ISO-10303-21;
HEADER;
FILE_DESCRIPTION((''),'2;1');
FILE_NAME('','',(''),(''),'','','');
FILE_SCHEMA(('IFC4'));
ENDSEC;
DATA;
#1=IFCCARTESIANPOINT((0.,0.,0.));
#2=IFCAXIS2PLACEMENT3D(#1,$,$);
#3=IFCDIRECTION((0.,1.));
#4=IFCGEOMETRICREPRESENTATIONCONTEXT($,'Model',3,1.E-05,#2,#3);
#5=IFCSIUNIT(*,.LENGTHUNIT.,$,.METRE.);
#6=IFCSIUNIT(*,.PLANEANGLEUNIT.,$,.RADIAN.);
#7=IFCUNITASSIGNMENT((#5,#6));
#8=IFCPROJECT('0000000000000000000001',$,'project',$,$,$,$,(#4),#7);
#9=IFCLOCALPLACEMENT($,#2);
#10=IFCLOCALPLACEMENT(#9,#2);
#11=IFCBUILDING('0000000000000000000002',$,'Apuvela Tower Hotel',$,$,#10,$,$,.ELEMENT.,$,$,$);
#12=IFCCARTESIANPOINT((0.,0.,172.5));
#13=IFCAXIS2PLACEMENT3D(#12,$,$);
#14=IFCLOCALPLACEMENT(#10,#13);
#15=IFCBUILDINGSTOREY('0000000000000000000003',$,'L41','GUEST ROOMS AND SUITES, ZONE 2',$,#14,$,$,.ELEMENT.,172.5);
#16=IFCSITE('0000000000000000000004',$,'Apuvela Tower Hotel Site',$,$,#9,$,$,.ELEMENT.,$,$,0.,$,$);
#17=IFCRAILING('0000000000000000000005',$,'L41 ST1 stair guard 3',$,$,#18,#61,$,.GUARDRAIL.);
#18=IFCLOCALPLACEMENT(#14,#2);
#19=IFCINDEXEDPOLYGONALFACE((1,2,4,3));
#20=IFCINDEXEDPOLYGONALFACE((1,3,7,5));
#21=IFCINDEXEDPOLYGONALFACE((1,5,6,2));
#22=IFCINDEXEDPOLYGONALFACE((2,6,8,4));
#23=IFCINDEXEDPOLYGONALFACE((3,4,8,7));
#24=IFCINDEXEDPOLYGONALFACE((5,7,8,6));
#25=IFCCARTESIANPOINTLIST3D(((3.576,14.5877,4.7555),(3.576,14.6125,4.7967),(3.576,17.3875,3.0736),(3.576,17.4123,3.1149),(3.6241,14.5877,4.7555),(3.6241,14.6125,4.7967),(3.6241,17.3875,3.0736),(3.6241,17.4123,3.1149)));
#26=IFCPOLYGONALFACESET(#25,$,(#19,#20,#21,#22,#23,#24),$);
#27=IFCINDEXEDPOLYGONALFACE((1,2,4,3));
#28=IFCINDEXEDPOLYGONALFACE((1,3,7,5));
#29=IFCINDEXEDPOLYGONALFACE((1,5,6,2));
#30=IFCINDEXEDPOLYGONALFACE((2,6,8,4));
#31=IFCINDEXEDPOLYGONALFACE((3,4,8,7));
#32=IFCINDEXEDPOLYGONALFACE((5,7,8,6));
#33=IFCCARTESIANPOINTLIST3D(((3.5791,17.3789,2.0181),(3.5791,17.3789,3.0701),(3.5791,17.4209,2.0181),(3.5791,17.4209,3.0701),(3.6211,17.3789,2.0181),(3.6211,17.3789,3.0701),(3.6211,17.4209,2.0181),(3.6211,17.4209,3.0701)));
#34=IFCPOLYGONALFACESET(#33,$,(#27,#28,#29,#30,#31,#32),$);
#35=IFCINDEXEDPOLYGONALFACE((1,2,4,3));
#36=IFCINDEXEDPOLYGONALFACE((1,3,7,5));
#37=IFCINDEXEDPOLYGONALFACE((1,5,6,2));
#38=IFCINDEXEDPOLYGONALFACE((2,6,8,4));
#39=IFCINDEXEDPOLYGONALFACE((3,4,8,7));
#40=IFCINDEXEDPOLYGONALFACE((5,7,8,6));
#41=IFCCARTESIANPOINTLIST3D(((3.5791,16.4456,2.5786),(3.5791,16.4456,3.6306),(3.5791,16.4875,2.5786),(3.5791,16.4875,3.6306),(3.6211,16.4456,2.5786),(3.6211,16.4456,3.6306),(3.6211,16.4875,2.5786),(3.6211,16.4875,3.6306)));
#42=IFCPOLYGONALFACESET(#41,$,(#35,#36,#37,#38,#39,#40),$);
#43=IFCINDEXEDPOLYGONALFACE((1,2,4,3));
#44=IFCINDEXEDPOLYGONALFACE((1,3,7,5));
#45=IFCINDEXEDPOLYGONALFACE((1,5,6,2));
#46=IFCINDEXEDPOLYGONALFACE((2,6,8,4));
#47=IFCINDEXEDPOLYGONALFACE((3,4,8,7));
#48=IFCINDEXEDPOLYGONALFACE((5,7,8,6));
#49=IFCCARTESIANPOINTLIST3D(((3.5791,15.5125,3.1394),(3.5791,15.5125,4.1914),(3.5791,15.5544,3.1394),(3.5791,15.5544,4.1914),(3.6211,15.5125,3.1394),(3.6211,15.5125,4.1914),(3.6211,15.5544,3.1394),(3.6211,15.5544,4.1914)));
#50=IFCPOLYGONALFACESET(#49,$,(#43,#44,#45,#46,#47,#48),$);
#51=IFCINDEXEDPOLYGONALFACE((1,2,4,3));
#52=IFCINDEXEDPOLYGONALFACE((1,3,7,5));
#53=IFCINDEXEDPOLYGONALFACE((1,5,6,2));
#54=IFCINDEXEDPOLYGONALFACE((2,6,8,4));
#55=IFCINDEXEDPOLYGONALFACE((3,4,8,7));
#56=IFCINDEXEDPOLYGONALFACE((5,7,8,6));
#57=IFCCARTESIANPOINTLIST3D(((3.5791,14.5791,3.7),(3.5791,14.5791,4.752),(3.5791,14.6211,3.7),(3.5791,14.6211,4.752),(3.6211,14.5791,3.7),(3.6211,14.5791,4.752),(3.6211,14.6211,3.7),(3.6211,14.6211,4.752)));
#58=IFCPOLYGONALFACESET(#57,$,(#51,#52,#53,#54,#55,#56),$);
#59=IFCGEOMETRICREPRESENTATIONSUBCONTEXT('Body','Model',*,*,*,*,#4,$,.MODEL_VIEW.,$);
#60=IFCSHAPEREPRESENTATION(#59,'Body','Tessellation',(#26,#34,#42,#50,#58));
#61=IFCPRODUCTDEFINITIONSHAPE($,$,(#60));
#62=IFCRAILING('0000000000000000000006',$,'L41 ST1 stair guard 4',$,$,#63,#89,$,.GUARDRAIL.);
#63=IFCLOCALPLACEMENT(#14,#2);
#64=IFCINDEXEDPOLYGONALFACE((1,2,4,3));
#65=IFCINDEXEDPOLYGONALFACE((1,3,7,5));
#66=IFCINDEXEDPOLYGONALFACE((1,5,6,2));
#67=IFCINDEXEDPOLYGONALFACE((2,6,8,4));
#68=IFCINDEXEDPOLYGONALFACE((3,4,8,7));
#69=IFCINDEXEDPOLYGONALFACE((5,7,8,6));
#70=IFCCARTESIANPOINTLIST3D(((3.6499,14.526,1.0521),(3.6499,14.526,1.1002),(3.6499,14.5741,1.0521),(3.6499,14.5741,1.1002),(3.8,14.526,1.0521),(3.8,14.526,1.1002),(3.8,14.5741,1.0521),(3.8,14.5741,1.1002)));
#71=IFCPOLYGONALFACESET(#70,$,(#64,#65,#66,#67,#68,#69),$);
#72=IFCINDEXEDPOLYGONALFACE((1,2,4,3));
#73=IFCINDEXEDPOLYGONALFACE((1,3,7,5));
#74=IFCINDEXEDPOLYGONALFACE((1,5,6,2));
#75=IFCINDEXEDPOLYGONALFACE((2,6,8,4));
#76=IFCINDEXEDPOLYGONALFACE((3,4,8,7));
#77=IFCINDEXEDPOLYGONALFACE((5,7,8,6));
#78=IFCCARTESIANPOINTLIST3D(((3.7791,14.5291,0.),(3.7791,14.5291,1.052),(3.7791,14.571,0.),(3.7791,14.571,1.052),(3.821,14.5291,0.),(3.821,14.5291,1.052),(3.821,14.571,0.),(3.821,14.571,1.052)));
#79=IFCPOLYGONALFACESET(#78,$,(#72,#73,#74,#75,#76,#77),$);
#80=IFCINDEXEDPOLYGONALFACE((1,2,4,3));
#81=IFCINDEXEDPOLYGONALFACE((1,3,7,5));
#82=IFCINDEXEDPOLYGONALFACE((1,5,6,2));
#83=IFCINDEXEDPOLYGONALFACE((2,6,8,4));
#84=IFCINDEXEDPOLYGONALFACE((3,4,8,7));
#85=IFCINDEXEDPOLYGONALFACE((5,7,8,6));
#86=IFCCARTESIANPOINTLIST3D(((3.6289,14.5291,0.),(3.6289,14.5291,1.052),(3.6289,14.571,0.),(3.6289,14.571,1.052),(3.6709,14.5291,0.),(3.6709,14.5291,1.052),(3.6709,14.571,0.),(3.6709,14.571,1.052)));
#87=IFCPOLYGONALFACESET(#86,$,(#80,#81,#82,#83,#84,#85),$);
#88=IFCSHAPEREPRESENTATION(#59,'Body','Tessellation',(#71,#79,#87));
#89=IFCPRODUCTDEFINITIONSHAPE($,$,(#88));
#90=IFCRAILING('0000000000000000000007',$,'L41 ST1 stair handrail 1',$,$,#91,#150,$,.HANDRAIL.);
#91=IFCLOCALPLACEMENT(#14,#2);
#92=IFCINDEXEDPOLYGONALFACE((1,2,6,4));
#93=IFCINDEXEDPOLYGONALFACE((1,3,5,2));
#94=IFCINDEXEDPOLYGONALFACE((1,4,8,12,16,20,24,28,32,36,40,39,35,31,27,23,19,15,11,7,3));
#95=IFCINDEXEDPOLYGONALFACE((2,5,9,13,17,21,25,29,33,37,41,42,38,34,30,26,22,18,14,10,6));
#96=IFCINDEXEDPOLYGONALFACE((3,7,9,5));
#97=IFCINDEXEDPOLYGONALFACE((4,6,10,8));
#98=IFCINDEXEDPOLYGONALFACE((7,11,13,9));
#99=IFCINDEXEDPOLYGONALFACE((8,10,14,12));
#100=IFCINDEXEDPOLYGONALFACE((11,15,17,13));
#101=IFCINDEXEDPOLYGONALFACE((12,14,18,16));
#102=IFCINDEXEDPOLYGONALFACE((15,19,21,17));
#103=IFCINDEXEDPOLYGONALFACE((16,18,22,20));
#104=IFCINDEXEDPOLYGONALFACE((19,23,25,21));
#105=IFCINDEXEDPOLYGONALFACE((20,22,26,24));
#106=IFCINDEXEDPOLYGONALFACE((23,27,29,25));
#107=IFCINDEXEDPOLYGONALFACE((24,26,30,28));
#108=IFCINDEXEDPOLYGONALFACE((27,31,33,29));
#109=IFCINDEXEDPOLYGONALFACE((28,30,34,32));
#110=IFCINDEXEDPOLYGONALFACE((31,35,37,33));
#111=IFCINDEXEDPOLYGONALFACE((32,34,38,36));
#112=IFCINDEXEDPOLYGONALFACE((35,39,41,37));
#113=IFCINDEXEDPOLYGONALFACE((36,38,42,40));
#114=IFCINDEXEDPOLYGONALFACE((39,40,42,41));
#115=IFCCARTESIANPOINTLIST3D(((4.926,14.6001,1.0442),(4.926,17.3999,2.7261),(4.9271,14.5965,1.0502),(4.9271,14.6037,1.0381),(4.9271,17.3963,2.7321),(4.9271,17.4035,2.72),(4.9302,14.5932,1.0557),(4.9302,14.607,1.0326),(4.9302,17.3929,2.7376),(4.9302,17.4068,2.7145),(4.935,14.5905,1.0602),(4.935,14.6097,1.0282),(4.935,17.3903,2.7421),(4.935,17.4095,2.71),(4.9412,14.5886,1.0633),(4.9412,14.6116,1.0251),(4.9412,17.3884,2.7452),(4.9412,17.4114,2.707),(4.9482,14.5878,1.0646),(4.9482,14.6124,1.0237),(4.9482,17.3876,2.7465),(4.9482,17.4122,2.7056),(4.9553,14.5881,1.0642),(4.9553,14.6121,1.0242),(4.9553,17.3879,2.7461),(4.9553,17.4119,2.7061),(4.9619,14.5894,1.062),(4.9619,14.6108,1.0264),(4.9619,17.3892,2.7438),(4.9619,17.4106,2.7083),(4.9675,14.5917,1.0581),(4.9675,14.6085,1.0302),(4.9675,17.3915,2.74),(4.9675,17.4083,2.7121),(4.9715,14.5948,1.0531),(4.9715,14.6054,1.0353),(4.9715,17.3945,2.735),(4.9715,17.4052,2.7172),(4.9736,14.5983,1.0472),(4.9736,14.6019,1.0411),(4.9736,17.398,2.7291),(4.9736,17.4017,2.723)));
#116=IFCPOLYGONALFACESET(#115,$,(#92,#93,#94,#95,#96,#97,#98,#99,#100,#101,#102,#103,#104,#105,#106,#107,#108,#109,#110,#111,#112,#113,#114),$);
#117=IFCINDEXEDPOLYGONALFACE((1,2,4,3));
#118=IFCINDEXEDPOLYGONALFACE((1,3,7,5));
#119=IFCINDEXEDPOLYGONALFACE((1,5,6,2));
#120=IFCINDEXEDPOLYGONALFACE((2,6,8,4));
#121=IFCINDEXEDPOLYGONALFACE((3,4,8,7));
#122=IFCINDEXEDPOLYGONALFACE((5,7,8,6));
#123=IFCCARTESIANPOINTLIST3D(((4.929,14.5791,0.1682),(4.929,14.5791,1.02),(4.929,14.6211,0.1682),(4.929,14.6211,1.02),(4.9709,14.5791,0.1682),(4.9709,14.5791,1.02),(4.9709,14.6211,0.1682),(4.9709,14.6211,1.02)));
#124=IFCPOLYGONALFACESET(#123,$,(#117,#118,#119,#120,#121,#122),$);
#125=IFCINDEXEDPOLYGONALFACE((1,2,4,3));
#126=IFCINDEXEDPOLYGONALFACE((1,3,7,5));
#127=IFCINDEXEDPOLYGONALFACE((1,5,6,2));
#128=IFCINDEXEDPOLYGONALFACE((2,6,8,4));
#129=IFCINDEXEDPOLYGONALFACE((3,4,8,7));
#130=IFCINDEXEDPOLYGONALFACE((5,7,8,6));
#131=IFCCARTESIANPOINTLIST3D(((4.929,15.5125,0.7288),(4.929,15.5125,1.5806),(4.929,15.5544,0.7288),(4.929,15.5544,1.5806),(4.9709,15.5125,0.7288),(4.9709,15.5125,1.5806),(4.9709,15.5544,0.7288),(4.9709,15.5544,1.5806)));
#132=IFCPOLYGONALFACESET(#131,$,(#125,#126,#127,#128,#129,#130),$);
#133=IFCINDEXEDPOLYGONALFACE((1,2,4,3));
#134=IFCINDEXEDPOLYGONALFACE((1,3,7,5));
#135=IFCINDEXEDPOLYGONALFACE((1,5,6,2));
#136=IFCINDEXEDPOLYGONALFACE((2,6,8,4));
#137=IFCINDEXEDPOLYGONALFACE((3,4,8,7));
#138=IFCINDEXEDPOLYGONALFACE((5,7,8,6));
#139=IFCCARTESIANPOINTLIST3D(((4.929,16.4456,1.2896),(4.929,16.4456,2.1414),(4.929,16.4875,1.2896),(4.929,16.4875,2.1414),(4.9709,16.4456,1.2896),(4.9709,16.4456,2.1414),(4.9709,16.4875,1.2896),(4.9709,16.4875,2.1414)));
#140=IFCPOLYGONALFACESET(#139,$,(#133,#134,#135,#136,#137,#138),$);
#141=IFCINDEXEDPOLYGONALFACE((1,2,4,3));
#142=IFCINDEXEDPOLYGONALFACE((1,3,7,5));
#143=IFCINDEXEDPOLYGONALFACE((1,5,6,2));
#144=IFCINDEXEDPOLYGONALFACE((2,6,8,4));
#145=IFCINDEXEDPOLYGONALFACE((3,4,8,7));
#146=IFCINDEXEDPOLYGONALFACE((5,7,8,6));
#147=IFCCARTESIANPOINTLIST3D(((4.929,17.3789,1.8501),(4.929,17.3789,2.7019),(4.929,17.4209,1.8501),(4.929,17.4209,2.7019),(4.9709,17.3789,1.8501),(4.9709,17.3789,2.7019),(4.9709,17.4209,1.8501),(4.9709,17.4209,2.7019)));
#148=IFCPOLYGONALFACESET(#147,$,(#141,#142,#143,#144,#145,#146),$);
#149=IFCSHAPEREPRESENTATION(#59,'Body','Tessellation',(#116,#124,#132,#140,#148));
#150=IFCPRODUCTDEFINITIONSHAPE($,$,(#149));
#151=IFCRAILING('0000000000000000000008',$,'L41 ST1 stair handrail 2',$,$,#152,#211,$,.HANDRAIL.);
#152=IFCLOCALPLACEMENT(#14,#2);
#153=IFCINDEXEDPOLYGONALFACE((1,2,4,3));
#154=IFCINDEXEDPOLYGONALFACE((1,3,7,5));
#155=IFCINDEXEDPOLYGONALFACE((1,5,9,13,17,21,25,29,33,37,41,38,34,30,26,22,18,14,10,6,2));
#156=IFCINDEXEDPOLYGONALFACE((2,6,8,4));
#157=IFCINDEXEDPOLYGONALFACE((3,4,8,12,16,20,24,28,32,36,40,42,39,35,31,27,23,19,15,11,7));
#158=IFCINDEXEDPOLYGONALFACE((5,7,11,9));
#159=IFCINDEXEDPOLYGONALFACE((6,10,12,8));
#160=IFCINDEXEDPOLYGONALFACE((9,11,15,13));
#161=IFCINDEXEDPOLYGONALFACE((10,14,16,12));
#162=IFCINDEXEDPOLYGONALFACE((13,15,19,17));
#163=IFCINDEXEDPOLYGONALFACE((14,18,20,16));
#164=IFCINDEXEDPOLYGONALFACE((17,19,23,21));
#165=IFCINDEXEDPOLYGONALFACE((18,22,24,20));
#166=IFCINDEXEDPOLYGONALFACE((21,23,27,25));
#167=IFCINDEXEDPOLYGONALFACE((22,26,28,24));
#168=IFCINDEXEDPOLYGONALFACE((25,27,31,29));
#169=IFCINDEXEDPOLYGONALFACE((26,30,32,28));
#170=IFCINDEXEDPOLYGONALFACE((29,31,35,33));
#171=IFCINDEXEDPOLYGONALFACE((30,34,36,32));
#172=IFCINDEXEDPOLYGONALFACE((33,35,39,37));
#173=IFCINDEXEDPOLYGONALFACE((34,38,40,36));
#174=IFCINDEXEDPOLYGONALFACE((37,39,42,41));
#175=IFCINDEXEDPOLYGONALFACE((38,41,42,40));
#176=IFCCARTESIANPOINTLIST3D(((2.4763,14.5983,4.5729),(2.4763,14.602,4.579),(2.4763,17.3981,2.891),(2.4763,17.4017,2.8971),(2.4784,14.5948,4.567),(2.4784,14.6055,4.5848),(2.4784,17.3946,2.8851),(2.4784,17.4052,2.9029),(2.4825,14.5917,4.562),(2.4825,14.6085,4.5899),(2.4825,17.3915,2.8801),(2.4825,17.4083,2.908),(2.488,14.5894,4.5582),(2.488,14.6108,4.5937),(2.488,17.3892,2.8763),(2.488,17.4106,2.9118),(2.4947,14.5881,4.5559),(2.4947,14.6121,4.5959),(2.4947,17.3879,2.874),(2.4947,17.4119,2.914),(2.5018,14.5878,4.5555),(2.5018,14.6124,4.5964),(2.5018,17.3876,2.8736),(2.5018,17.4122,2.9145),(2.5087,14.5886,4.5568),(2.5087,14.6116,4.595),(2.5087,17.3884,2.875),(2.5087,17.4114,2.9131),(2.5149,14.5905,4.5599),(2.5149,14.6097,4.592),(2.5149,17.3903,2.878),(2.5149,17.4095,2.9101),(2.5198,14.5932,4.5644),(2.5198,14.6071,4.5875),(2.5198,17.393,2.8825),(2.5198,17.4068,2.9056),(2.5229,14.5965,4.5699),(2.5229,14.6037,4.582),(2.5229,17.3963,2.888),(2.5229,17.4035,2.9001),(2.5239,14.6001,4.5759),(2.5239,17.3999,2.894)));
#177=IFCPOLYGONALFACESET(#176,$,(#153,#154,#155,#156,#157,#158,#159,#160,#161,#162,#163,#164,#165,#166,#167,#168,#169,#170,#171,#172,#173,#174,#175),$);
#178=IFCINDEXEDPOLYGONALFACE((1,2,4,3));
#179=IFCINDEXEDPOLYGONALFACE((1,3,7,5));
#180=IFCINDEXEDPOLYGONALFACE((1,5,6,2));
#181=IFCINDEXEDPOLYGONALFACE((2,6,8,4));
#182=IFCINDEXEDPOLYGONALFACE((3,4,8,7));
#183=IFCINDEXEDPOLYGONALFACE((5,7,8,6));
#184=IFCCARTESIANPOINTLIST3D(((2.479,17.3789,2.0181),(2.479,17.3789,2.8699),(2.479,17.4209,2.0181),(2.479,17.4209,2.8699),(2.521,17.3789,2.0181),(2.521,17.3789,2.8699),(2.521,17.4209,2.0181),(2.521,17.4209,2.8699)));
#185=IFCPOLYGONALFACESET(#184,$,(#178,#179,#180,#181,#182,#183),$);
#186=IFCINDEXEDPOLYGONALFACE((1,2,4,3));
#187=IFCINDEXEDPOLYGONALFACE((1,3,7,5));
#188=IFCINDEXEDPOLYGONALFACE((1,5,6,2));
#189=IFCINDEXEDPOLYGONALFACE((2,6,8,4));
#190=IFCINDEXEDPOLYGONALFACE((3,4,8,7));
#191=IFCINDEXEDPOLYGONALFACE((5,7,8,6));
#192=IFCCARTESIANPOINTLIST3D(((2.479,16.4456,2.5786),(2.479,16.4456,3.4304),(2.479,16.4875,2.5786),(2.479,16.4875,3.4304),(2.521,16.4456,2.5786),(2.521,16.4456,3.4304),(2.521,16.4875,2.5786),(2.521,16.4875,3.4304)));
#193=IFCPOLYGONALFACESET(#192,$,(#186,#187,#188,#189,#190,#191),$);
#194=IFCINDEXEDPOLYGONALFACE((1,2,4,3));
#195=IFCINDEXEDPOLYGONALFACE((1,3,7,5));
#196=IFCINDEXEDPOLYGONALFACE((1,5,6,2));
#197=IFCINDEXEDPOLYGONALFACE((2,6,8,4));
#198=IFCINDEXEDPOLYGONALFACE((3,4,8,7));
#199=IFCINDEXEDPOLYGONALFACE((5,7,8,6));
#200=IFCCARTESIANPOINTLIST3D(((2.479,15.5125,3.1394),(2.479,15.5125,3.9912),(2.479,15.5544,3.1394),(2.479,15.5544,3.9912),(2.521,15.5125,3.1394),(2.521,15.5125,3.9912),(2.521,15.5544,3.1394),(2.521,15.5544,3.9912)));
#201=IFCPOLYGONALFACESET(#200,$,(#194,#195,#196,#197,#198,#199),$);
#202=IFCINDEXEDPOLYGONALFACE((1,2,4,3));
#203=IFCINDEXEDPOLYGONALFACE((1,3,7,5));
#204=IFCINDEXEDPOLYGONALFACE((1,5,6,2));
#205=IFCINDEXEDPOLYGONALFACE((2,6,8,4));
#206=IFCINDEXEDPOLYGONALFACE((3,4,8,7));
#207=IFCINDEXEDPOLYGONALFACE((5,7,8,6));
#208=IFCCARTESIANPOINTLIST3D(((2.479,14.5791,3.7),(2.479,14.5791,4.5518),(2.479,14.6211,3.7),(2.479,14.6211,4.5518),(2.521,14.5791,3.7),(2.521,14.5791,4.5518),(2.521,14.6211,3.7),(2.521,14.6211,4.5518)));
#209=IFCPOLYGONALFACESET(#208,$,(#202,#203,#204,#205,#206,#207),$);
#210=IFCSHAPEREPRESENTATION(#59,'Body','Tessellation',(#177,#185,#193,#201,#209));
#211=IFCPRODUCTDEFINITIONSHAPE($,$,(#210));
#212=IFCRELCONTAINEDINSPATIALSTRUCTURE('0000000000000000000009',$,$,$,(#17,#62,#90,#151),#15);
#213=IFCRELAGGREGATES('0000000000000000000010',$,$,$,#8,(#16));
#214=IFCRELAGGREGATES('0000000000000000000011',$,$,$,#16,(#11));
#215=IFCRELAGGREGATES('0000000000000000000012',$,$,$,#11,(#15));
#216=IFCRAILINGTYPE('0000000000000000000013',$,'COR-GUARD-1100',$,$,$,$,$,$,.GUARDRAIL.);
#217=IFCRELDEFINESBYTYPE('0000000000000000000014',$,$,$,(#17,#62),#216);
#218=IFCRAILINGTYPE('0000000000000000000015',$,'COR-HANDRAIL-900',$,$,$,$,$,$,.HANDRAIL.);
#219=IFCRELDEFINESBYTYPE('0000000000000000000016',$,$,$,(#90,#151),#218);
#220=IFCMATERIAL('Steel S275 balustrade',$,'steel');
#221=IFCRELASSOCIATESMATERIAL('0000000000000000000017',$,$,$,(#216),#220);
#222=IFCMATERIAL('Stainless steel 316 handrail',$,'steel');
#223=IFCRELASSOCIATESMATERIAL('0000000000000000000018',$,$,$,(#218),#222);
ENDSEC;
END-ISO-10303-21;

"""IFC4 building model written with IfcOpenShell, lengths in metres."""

from ifc_helpers import new_model, si_unit, direction, frame, origin, origin_2d, place, context, subcontext, project, spatial, rectangle, circle, extrude, material, type_object, element, save


model = new_model("IFC4")

# Units and contexts
model_context = context("Model", 3, precision=1e-05, world=origin(), true_north=direction((0.0, 1.0)))
body_context = subcontext(model_context, "Body", "Model", "MODEL_VIEW")
ifc_project = project(units=[si_unit("LENGTHUNIT", "METRE"), si_unit("PLANEANGLEUNIT", "RADIAN")], contexts=[model_context])

# Site, building, storey
site_placement = place(None, origin())
site = spatial("IfcSite", under=ifc_project, at=site_placement, Name="Apuvela Tower Hotel Site", CompositionType="ELEMENT", RefElevation=0.0)
building_placement = place(site_placement, origin())
building = spatial("IfcBuilding", under=site, at=building_placement, Name="Apuvela Tower Hotel", CompositionType="ELEMENT")
storey_placement = place(building_placement, frame((0.0, 0.0, 172.5)))
storey = spatial("IfcBuildingStorey", under=building, at=storey_placement, Name="L41", Description="GUEST ROOMS AND SUITES, ZONE 2", CompositionType="ELEMENT", Elevation=172.5)

# Railings
ifc_material_1 = material(Name="Steel S275 balustrade", Category="steel")
railing_type_1 = type_object("IfcRailingType", Name="COR-GUARD-1100", PredefinedType="GUARDRAIL", material=ifc_material_1)
railing_1_placement = place(storey_placement, frame((3.6001, 17.3999, 2.0181)))
element("IfcRailing", 1, at=railing_1_placement, inside=storey, type_object=railing_type_1, Name="L41 ST1 stair guard 3", PredefinedType="GUARDRAIL", context=body_context, shape_type="SweptSolid", body=[
    extrude(rectangle(XDim=0.0481, YDim=0.0481, at=origin_2d()), frame((0.0, 0.0, 1.0762), z_axis=(0.0, -0.857222, 0.514946), x_axis=(1.0, 0.0, 0.0)), (0.0, 0.0, 1.0), 3.2661),
    extrude(rectangle(XDim=0.042, YDim=0.042, at=origin_2d()), origin(), (0.0, 0.0, 1.0), 1.052),
    extrude(rectangle(XDim=0.042, YDim=0.042, at=origin_2d()), frame((0.0, -0.9333, 0.5605)), (0.0, 0.0, 1.0), 1.052),
    extrude(rectangle(XDim=0.042, YDim=0.042, at=origin_2d()), frame((0.0, -1.8665, 1.1213)), (0.0, 0.0, 1.0), 1.052),
    extrude(rectangle(XDim=0.042, YDim=0.042, at=origin_2d()), frame((0.0, -2.7998, 1.6819)), (0.0, 0.0, 1.0), 1.052),
])
railing_2_placement = place(storey_placement, frame((3.8, 14.55, 0.0)))
element("IfcRailing", 2, at=railing_2_placement, inside=storey, type_object=railing_type_1, Name="L41 ST1 stair guard 4", PredefinedType="GUARDRAIL", context=body_context, shape_type="SweptSolid", body=[
    extrude(rectangle(XDim=0.0481, YDim=0.0481, at=origin_2d()), frame((0.0, 0.0, 1.0762), z_axis=(-1.0, 0.0, 0.0), x_axis=(0.0, -1.0, 0.0)), (0.0, 0.0, 1.0), 0.1501),
    extrude(rectangle(XDim=0.042, YDim=0.042, at=origin_2d()), origin(), (0.0, 0.0, 1.0), 1.052),
    extrude(rectangle(XDim=0.042, YDim=0.042, at=origin_2d()), frame((-0.1501, 0.0, 0.0)), (0.0, 0.0, 1.0), 1.052),
])
ifc_material_2 = material(Name="Stainless steel 316 handrail", Category="steel")
railing_type_2 = type_object("IfcRailingType", Name="COR-HANDRAIL-900", PredefinedType="HANDRAIL", material=ifc_material_2)
railing_3_placement = place(storey_placement, frame((4.95, 14.6001, 0.1682)))
element("IfcRailing", 3, at=railing_3_placement, inside=storey, type_object=railing_type_2, Name="L41 ST1 stair handrail 1", PredefinedType="HANDRAIL", context=body_context, shape_type="SweptSolid", body=[
    extrude(circle(Radius=0.0239, at=origin_2d()), frame((0.0, 0.0, 0.876), z_axis=(0.0, 0.857222, 0.514946), x_axis=(-1.0, 0.0, 0.0)), (0.0, 0.0, 1.0), 3.2661),
    extrude(rectangle(XDim=0.042, YDim=0.042, at=origin_2d()), origin(), (0.0, 0.0, 1.0), 0.8518),
    extrude(rectangle(XDim=0.042, YDim=0.042, at=origin_2d()), frame((0.0, 0.9333, 0.5605)), (0.0, 0.0, 1.0), 0.8518),
    extrude(rectangle(XDim=0.042, YDim=0.042, at=origin_2d()), frame((0.0, 1.8665, 1.1213)), (0.0, 0.0, 1.0), 0.8518),
    extrude(rectangle(XDim=0.042, YDim=0.042, at=origin_2d()), frame((0.0, 2.7998, 1.6819)), (0.0, 0.0, 1.0), 0.8518),
])
railing_4_placement = place(storey_placement, frame((2.5, 17.3999, 2.0181)))
element("IfcRailing", 4, at=railing_4_placement, inside=storey, type_object=railing_type_2, Name="L41 ST1 stair handrail 2", PredefinedType="HANDRAIL", context=body_context, shape_type="SweptSolid", body=[
    extrude(circle(Radius=0.0239, at=origin_2d()), frame((0.0, 0.0, 0.876), z_axis=(0.0, -0.857222, 0.514946), x_axis=(1.0, 0.0, 0.0)), (0.0, 0.0, 1.0), 3.2661),
    extrude(rectangle(XDim=0.042, YDim=0.042, at=origin_2d()), origin(), (0.0, 0.0, 1.0), 0.8518),
    extrude(rectangle(XDim=0.042, YDim=0.042, at=origin_2d()), frame((0.0, -0.9333, 0.5605)), (0.0, 0.0, 1.0), 0.8518),
    extrude(rectangle(XDim=0.042, YDim=0.042, at=origin_2d()), frame((0.0, -1.8665, 1.1213)), (0.0, 0.0, 1.0), 0.8518),
    extrude(rectangle(XDim=0.042, YDim=0.042, at=origin_2d()), frame((0.0, -2.7998, 1.6819)), (0.0, 0.0, 1.0), 0.8518),
])

save(model, "model.ifc")
